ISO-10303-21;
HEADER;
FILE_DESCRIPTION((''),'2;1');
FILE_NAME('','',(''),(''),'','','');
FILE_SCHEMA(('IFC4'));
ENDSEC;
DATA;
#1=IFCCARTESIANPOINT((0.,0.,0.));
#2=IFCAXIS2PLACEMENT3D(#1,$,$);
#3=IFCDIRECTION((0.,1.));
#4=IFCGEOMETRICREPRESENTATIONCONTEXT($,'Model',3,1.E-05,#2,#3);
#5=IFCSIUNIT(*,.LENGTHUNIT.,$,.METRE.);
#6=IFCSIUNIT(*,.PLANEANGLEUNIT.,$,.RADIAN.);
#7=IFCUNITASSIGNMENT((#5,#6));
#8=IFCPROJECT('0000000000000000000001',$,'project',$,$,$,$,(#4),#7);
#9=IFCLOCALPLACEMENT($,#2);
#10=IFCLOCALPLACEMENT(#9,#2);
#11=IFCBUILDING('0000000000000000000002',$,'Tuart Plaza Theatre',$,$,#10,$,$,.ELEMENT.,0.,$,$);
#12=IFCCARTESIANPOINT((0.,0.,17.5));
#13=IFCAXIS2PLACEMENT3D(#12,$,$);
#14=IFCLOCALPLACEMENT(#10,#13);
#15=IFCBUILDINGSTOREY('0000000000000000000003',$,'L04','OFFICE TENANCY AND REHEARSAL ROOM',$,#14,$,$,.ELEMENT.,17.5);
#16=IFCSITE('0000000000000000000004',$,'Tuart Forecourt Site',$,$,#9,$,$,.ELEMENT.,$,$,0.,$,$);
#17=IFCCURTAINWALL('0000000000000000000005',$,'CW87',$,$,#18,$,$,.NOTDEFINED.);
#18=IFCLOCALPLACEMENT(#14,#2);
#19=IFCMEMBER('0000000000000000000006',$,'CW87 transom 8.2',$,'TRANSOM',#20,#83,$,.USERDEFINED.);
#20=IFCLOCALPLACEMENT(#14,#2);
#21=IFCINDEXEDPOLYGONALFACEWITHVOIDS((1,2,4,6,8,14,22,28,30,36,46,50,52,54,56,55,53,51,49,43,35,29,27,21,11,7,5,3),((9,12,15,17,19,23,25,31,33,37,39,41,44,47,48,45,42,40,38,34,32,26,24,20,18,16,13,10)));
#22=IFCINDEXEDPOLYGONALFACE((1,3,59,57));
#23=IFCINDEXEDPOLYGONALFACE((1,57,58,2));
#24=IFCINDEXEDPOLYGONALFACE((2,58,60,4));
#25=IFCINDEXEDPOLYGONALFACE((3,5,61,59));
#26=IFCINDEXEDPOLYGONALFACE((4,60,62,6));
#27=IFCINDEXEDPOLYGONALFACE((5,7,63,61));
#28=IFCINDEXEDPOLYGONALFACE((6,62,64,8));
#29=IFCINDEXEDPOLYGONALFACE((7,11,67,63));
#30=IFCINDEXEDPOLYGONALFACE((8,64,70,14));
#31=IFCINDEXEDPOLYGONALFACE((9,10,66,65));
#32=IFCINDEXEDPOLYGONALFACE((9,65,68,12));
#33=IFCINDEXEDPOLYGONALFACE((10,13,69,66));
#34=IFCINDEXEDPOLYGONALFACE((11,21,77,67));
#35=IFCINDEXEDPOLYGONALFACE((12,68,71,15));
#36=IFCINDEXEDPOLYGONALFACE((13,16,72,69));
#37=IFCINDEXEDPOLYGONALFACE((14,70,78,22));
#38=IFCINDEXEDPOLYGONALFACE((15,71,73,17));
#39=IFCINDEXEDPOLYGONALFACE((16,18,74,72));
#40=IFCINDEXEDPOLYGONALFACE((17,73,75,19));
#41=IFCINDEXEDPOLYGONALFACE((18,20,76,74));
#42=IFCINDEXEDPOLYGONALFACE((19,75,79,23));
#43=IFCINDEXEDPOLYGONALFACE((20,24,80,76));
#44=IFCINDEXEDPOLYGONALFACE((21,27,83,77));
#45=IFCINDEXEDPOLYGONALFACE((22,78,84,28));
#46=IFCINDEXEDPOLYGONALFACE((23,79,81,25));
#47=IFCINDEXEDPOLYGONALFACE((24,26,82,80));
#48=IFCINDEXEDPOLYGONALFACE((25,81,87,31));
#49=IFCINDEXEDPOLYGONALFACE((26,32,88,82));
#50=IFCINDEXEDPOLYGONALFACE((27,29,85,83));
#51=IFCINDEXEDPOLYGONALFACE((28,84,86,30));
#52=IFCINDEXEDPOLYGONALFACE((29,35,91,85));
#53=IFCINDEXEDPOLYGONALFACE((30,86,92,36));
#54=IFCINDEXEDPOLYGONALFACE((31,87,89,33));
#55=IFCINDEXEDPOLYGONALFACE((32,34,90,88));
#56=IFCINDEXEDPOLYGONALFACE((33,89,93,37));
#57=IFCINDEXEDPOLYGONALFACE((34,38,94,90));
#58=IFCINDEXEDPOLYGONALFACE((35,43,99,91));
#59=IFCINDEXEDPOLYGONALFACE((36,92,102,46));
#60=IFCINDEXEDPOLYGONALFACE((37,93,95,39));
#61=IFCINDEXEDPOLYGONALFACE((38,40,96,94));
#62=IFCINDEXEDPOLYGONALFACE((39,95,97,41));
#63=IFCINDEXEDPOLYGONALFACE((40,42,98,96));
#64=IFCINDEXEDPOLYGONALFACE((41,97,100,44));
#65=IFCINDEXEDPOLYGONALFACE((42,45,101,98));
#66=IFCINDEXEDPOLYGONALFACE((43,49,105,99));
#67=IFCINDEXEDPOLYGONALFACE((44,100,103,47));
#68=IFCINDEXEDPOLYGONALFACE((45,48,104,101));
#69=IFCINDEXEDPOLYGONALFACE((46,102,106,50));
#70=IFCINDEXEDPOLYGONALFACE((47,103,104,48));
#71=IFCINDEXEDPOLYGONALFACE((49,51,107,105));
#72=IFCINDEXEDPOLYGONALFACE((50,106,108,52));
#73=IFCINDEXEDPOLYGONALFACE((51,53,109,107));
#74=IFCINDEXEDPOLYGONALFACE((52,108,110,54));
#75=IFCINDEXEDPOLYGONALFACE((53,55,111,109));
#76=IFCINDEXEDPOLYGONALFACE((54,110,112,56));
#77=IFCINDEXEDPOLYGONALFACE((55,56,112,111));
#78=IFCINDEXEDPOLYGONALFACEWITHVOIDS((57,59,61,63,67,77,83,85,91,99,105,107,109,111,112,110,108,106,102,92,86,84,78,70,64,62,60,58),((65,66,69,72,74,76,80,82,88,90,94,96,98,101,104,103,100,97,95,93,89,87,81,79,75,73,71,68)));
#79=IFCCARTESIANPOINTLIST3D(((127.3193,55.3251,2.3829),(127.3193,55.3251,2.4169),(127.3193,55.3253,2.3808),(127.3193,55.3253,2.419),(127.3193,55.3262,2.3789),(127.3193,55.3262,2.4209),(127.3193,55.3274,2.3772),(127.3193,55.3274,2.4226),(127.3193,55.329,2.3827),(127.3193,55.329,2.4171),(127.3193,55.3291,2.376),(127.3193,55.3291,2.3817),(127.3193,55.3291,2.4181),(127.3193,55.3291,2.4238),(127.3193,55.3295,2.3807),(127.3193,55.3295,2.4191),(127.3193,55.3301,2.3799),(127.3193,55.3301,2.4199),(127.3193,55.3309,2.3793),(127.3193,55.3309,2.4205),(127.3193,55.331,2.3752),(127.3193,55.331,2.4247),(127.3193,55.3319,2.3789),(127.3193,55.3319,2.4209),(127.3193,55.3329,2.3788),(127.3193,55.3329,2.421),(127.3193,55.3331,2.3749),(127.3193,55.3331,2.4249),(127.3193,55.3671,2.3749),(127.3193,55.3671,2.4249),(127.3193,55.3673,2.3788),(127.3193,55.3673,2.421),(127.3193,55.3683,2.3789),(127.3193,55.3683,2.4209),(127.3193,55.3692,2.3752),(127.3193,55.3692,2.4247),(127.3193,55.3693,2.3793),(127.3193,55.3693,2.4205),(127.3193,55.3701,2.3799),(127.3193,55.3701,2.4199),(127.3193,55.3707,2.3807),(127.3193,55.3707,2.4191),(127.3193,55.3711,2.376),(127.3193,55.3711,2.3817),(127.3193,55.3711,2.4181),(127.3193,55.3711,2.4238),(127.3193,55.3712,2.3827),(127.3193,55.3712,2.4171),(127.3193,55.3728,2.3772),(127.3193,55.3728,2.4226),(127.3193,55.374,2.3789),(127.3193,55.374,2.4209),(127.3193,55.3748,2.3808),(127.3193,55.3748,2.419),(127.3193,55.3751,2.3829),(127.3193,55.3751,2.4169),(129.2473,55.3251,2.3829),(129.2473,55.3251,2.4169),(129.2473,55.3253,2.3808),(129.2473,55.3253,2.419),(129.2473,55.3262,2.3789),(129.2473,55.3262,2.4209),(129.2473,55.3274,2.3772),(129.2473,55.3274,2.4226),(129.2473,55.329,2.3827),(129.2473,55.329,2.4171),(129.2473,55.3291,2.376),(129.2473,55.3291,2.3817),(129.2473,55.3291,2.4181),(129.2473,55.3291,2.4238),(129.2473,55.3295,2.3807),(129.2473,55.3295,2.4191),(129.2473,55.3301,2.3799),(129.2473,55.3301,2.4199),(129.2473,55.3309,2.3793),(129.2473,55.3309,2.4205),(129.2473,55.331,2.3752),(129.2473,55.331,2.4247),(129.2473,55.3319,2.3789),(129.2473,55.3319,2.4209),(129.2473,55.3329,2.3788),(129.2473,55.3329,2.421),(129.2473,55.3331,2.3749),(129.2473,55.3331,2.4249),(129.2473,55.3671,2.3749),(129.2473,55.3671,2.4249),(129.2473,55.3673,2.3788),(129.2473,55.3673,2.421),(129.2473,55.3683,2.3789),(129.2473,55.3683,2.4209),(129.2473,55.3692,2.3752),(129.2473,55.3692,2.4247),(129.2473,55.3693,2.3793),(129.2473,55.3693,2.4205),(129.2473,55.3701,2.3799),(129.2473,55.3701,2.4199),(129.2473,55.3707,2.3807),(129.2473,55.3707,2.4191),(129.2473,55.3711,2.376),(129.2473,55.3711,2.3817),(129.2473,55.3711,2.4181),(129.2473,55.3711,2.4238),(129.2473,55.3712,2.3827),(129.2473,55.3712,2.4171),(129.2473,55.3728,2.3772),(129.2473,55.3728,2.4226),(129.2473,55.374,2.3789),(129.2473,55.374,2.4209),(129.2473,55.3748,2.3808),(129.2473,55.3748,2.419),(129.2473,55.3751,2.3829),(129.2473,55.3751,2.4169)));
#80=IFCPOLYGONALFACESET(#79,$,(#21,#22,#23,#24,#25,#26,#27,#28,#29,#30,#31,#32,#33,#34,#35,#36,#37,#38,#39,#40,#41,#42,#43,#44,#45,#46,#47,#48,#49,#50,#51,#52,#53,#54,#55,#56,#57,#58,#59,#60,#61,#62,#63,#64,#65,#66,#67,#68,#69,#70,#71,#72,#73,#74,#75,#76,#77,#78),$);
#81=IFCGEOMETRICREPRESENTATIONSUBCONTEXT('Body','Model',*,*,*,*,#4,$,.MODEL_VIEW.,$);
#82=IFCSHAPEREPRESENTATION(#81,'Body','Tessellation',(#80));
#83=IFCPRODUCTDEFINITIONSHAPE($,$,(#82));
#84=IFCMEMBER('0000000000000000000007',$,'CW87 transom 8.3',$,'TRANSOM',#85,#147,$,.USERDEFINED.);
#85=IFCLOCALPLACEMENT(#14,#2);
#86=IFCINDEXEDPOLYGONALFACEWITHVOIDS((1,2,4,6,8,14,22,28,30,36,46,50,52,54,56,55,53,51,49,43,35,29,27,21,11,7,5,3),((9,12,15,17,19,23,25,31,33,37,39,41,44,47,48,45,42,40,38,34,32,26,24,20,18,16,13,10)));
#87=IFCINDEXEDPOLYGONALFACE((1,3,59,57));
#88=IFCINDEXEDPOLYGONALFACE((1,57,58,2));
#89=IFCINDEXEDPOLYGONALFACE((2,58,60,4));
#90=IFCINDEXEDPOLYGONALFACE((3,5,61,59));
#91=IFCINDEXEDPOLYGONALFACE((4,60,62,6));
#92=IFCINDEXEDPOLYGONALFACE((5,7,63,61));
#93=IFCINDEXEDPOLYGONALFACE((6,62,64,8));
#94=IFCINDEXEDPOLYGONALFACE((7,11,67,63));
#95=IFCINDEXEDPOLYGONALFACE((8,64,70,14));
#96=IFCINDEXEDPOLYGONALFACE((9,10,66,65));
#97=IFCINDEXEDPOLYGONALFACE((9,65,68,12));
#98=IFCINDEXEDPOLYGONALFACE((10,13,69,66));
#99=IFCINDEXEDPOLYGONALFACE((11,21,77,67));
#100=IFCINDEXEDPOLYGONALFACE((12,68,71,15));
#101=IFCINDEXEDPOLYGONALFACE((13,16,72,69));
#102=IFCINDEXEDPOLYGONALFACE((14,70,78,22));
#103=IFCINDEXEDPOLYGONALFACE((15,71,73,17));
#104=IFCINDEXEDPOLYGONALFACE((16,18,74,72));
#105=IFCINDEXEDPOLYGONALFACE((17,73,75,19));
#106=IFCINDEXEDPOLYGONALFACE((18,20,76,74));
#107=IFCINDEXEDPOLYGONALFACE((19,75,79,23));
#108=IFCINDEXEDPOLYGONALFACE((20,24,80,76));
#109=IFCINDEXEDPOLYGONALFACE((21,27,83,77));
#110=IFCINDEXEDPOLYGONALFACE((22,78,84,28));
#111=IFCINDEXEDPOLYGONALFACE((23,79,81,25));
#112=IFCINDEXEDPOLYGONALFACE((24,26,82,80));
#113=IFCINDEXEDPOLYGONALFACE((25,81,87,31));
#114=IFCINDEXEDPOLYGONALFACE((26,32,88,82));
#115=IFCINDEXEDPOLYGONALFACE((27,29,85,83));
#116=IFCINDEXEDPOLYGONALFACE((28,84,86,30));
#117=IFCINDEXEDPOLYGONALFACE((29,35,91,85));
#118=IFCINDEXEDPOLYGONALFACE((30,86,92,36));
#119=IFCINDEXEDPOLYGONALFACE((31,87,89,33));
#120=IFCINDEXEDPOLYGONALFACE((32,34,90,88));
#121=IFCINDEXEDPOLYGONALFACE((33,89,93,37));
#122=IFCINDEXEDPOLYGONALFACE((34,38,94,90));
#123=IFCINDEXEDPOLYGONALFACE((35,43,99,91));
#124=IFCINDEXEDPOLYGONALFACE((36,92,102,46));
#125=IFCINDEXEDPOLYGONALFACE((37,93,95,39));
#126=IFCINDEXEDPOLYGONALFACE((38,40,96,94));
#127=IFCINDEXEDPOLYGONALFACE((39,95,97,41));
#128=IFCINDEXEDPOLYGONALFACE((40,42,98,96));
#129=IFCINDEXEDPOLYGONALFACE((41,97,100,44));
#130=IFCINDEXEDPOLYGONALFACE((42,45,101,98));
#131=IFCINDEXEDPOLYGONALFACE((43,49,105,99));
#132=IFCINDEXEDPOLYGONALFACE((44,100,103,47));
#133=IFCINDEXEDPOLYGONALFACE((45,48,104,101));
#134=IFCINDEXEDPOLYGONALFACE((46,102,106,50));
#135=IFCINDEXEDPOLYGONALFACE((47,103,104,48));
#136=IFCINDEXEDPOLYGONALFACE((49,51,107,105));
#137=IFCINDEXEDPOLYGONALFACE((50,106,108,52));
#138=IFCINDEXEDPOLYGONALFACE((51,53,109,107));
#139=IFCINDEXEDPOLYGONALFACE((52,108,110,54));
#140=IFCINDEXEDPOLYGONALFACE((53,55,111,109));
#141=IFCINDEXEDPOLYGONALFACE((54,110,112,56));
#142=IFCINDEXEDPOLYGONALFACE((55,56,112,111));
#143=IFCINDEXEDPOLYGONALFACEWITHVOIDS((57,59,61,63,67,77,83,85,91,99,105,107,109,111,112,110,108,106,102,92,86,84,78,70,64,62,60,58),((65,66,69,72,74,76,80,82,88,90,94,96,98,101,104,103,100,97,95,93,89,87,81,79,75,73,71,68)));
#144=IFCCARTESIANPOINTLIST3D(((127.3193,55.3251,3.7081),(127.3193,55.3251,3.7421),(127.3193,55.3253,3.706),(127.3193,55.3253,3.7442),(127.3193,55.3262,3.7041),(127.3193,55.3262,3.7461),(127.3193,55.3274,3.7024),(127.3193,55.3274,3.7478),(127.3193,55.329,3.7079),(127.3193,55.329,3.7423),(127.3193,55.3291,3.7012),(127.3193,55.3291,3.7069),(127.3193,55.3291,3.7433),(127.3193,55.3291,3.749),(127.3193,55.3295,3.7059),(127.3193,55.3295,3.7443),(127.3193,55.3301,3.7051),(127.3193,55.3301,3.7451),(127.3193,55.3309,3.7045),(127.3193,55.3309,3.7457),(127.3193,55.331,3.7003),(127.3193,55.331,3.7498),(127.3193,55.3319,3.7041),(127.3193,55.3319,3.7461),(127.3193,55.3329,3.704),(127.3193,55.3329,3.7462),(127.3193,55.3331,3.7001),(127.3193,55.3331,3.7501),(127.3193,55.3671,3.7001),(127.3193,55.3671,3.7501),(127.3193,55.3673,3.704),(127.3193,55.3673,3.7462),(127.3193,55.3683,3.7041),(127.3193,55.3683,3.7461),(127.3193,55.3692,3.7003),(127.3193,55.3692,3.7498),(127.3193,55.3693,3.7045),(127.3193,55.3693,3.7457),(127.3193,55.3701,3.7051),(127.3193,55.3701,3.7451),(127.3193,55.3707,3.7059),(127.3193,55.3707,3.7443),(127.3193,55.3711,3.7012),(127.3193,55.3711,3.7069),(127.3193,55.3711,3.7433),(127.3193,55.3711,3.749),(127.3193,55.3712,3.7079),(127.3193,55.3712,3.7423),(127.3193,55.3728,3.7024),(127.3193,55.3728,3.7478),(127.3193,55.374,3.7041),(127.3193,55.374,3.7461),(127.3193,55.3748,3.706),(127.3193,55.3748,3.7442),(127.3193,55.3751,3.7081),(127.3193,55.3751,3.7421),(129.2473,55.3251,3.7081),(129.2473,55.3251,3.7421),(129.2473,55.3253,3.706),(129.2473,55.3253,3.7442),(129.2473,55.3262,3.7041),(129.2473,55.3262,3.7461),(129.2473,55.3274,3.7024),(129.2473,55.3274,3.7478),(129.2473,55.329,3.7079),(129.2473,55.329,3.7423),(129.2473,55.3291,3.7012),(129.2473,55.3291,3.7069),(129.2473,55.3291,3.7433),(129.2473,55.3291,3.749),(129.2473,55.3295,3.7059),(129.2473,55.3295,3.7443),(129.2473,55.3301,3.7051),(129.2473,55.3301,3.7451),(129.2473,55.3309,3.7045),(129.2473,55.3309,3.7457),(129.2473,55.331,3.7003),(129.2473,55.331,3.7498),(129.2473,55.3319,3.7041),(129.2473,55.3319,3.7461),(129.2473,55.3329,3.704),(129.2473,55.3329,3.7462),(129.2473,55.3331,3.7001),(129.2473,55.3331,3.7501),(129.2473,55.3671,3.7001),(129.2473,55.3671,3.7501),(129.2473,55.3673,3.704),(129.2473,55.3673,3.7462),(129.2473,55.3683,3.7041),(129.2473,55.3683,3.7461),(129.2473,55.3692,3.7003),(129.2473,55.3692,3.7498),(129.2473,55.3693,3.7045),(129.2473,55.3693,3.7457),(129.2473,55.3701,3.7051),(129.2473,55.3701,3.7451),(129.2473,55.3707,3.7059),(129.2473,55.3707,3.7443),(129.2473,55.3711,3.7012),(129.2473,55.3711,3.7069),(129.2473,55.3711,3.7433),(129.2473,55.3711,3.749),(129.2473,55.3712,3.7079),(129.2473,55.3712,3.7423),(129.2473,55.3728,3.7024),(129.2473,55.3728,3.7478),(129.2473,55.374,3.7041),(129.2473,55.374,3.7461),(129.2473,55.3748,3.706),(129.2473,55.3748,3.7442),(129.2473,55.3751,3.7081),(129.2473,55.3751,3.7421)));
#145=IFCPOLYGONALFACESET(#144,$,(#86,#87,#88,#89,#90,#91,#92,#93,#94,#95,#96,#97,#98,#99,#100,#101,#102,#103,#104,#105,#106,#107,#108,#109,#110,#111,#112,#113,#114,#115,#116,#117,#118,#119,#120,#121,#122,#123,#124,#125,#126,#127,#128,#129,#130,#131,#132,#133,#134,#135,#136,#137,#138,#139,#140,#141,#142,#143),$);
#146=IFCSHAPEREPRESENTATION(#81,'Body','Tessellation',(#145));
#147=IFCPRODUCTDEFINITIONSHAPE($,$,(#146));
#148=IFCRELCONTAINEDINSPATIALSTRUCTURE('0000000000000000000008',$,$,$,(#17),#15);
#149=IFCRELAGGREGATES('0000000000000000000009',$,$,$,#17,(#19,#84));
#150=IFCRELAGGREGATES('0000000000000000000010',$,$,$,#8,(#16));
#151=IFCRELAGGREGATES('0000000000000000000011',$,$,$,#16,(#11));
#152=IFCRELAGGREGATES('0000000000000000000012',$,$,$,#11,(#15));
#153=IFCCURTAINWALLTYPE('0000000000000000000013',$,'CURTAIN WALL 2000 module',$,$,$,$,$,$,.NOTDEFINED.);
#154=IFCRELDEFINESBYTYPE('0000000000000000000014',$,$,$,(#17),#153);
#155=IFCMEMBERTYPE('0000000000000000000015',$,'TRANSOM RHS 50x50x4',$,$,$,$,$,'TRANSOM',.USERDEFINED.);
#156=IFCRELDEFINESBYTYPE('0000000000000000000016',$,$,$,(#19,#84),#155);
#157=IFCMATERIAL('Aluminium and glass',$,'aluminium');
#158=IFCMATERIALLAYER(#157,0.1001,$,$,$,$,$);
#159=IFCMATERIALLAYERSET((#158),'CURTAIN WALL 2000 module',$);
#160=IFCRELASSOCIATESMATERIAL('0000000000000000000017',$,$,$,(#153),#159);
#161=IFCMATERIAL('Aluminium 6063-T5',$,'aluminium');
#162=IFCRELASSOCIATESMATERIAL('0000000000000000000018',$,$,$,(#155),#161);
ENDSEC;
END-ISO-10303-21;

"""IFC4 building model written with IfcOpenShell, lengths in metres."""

from ifc_helpers import new_model, si_unit, direction, frame, origin, origin_2d, place, context, subcontext, project, spatial, hollow_rectangle, extrude, material, layer, layer_set, material_profile, profile_set, type_object, element, aggregate, save


model = new_model("IFC4")

# Units and contexts
model_context = context("Model", 3, precision=1e-05, world=origin(), true_north=direction((0.0, 1.0)))
body_context = subcontext(model_context, "Body", "Model", "MODEL_VIEW")
ifc_project = project(units=[si_unit("LENGTHUNIT", "METRE"), si_unit("PLANEANGLEUNIT", "RADIAN")], contexts=[model_context])

# Site, building, storey
site_placement = place(None, origin())
site = spatial("IfcSite", under=ifc_project, at=site_placement, Name="Tuart Forecourt Site", CompositionType="ELEMENT", RefElevation=0.0)
building_placement = place(site_placement, origin())
building = spatial("IfcBuilding", under=site, at=building_placement, Name="Tuart Plaza Theatre", CompositionType="ELEMENT", ElevationOfRefHeight=0.0)
storey_placement = place(building_placement, frame((0.0, 0.0, 17.5)))
storey = spatial("IfcBuildingStorey", under=building, at=storey_placement, Name="L04", Description="OFFICE TENANCY AND REHEARSAL ROOM", CompositionType="ELEMENT", Elevation=17.5)

# Curtain wall
ifc_material_1 = material(Name="Aluminium and glass", Category="aluminium")
ifc_layer_1 = layer(ifc_material_1, 0.1001)
ifc_layer_set_1 = layer_set([ifc_layer_1], Name="CURTAIN WALL 2000 module")
curtain_wall_type = type_object("IfcCurtainWallType", Name="CURTAIN WALL 2000 module", PredefinedType="NOTDEFINED", material=ifc_layer_set_1)
curtain_wall_1_placement = place(storey_placement, origin())
curtain_wall_1 = element("IfcCurtainWall", 1, at=curtain_wall_1_placement, inside=storey, type_object=curtain_wall_type, Name="CW87", PredefinedType="NOTDEFINED")

# Members
ifc_material_2 = material(Name="Aluminium 6063-T5", Category="aluminium")
ifc_material_profile_1 = material_profile(ifc_material_2, hollow_rectangle(XDim=0.05, YDim=0.05, WallThickness=0.0039, InnerFilletRadius=0.0039, OuterFilletRadius=0.0081, at=origin_2d()), Name="RHS 50x50x4")
ifc_profile_set_1 = profile_set([ifc_material_profile_1], Name="Aluminium 6063-T5")
member_type_1 = type_object("IfcMemberType", Name="TRANSOM RHS 50x50x4", ElementType="TRANSOM", PredefinedType="USERDEFINED", material=ifc_profile_set_1)
member_1_placement = place(storey_placement, frame((127.3193, 55.3501, 2.3999), z_axis=(1.0, 0.0, 0.0), x_axis=(0.0, 1.0, 0.0)))
member_1 = element("IfcMember", 2, at=member_1_placement, type_object=member_type_1, Name="CW87 transom 8.2", ObjectType="TRANSOM", PredefinedType="USERDEFINED", context=body_context, shape_type="SweptSolid", body=[
    extrude(hollow_rectangle(XDim=0.05, YDim=0.05, WallThickness=0.0039, InnerFilletRadius=0.0039, OuterFilletRadius=0.0081, at=origin_2d()), origin(), (0.0, 0.0, 1.0), 1.928),
])
member_2_placement = place(storey_placement, frame((127.3193, 55.3501, 3.7251), z_axis=(1.0, 0.0, 0.0), x_axis=(0.0, 1.0, 0.0)))
member_2 = element("IfcMember", 3, at=member_2_placement, type_object=member_type_1, Name="CW87 transom 8.3", ObjectType="TRANSOM", PredefinedType="USERDEFINED", context=body_context, shape_type="SweptSolid", body=[
    extrude(hollow_rectangle(XDim=0.05, YDim=0.05, WallThickness=0.0039, InnerFilletRadius=0.0039, OuterFilletRadius=0.0081, at=origin_2d()), origin(), (0.0, 0.0, 1.0), 1.928),
])

aggregate(curtain_wall_1, [member_1, member_2])

save(model, "model.ifc")
